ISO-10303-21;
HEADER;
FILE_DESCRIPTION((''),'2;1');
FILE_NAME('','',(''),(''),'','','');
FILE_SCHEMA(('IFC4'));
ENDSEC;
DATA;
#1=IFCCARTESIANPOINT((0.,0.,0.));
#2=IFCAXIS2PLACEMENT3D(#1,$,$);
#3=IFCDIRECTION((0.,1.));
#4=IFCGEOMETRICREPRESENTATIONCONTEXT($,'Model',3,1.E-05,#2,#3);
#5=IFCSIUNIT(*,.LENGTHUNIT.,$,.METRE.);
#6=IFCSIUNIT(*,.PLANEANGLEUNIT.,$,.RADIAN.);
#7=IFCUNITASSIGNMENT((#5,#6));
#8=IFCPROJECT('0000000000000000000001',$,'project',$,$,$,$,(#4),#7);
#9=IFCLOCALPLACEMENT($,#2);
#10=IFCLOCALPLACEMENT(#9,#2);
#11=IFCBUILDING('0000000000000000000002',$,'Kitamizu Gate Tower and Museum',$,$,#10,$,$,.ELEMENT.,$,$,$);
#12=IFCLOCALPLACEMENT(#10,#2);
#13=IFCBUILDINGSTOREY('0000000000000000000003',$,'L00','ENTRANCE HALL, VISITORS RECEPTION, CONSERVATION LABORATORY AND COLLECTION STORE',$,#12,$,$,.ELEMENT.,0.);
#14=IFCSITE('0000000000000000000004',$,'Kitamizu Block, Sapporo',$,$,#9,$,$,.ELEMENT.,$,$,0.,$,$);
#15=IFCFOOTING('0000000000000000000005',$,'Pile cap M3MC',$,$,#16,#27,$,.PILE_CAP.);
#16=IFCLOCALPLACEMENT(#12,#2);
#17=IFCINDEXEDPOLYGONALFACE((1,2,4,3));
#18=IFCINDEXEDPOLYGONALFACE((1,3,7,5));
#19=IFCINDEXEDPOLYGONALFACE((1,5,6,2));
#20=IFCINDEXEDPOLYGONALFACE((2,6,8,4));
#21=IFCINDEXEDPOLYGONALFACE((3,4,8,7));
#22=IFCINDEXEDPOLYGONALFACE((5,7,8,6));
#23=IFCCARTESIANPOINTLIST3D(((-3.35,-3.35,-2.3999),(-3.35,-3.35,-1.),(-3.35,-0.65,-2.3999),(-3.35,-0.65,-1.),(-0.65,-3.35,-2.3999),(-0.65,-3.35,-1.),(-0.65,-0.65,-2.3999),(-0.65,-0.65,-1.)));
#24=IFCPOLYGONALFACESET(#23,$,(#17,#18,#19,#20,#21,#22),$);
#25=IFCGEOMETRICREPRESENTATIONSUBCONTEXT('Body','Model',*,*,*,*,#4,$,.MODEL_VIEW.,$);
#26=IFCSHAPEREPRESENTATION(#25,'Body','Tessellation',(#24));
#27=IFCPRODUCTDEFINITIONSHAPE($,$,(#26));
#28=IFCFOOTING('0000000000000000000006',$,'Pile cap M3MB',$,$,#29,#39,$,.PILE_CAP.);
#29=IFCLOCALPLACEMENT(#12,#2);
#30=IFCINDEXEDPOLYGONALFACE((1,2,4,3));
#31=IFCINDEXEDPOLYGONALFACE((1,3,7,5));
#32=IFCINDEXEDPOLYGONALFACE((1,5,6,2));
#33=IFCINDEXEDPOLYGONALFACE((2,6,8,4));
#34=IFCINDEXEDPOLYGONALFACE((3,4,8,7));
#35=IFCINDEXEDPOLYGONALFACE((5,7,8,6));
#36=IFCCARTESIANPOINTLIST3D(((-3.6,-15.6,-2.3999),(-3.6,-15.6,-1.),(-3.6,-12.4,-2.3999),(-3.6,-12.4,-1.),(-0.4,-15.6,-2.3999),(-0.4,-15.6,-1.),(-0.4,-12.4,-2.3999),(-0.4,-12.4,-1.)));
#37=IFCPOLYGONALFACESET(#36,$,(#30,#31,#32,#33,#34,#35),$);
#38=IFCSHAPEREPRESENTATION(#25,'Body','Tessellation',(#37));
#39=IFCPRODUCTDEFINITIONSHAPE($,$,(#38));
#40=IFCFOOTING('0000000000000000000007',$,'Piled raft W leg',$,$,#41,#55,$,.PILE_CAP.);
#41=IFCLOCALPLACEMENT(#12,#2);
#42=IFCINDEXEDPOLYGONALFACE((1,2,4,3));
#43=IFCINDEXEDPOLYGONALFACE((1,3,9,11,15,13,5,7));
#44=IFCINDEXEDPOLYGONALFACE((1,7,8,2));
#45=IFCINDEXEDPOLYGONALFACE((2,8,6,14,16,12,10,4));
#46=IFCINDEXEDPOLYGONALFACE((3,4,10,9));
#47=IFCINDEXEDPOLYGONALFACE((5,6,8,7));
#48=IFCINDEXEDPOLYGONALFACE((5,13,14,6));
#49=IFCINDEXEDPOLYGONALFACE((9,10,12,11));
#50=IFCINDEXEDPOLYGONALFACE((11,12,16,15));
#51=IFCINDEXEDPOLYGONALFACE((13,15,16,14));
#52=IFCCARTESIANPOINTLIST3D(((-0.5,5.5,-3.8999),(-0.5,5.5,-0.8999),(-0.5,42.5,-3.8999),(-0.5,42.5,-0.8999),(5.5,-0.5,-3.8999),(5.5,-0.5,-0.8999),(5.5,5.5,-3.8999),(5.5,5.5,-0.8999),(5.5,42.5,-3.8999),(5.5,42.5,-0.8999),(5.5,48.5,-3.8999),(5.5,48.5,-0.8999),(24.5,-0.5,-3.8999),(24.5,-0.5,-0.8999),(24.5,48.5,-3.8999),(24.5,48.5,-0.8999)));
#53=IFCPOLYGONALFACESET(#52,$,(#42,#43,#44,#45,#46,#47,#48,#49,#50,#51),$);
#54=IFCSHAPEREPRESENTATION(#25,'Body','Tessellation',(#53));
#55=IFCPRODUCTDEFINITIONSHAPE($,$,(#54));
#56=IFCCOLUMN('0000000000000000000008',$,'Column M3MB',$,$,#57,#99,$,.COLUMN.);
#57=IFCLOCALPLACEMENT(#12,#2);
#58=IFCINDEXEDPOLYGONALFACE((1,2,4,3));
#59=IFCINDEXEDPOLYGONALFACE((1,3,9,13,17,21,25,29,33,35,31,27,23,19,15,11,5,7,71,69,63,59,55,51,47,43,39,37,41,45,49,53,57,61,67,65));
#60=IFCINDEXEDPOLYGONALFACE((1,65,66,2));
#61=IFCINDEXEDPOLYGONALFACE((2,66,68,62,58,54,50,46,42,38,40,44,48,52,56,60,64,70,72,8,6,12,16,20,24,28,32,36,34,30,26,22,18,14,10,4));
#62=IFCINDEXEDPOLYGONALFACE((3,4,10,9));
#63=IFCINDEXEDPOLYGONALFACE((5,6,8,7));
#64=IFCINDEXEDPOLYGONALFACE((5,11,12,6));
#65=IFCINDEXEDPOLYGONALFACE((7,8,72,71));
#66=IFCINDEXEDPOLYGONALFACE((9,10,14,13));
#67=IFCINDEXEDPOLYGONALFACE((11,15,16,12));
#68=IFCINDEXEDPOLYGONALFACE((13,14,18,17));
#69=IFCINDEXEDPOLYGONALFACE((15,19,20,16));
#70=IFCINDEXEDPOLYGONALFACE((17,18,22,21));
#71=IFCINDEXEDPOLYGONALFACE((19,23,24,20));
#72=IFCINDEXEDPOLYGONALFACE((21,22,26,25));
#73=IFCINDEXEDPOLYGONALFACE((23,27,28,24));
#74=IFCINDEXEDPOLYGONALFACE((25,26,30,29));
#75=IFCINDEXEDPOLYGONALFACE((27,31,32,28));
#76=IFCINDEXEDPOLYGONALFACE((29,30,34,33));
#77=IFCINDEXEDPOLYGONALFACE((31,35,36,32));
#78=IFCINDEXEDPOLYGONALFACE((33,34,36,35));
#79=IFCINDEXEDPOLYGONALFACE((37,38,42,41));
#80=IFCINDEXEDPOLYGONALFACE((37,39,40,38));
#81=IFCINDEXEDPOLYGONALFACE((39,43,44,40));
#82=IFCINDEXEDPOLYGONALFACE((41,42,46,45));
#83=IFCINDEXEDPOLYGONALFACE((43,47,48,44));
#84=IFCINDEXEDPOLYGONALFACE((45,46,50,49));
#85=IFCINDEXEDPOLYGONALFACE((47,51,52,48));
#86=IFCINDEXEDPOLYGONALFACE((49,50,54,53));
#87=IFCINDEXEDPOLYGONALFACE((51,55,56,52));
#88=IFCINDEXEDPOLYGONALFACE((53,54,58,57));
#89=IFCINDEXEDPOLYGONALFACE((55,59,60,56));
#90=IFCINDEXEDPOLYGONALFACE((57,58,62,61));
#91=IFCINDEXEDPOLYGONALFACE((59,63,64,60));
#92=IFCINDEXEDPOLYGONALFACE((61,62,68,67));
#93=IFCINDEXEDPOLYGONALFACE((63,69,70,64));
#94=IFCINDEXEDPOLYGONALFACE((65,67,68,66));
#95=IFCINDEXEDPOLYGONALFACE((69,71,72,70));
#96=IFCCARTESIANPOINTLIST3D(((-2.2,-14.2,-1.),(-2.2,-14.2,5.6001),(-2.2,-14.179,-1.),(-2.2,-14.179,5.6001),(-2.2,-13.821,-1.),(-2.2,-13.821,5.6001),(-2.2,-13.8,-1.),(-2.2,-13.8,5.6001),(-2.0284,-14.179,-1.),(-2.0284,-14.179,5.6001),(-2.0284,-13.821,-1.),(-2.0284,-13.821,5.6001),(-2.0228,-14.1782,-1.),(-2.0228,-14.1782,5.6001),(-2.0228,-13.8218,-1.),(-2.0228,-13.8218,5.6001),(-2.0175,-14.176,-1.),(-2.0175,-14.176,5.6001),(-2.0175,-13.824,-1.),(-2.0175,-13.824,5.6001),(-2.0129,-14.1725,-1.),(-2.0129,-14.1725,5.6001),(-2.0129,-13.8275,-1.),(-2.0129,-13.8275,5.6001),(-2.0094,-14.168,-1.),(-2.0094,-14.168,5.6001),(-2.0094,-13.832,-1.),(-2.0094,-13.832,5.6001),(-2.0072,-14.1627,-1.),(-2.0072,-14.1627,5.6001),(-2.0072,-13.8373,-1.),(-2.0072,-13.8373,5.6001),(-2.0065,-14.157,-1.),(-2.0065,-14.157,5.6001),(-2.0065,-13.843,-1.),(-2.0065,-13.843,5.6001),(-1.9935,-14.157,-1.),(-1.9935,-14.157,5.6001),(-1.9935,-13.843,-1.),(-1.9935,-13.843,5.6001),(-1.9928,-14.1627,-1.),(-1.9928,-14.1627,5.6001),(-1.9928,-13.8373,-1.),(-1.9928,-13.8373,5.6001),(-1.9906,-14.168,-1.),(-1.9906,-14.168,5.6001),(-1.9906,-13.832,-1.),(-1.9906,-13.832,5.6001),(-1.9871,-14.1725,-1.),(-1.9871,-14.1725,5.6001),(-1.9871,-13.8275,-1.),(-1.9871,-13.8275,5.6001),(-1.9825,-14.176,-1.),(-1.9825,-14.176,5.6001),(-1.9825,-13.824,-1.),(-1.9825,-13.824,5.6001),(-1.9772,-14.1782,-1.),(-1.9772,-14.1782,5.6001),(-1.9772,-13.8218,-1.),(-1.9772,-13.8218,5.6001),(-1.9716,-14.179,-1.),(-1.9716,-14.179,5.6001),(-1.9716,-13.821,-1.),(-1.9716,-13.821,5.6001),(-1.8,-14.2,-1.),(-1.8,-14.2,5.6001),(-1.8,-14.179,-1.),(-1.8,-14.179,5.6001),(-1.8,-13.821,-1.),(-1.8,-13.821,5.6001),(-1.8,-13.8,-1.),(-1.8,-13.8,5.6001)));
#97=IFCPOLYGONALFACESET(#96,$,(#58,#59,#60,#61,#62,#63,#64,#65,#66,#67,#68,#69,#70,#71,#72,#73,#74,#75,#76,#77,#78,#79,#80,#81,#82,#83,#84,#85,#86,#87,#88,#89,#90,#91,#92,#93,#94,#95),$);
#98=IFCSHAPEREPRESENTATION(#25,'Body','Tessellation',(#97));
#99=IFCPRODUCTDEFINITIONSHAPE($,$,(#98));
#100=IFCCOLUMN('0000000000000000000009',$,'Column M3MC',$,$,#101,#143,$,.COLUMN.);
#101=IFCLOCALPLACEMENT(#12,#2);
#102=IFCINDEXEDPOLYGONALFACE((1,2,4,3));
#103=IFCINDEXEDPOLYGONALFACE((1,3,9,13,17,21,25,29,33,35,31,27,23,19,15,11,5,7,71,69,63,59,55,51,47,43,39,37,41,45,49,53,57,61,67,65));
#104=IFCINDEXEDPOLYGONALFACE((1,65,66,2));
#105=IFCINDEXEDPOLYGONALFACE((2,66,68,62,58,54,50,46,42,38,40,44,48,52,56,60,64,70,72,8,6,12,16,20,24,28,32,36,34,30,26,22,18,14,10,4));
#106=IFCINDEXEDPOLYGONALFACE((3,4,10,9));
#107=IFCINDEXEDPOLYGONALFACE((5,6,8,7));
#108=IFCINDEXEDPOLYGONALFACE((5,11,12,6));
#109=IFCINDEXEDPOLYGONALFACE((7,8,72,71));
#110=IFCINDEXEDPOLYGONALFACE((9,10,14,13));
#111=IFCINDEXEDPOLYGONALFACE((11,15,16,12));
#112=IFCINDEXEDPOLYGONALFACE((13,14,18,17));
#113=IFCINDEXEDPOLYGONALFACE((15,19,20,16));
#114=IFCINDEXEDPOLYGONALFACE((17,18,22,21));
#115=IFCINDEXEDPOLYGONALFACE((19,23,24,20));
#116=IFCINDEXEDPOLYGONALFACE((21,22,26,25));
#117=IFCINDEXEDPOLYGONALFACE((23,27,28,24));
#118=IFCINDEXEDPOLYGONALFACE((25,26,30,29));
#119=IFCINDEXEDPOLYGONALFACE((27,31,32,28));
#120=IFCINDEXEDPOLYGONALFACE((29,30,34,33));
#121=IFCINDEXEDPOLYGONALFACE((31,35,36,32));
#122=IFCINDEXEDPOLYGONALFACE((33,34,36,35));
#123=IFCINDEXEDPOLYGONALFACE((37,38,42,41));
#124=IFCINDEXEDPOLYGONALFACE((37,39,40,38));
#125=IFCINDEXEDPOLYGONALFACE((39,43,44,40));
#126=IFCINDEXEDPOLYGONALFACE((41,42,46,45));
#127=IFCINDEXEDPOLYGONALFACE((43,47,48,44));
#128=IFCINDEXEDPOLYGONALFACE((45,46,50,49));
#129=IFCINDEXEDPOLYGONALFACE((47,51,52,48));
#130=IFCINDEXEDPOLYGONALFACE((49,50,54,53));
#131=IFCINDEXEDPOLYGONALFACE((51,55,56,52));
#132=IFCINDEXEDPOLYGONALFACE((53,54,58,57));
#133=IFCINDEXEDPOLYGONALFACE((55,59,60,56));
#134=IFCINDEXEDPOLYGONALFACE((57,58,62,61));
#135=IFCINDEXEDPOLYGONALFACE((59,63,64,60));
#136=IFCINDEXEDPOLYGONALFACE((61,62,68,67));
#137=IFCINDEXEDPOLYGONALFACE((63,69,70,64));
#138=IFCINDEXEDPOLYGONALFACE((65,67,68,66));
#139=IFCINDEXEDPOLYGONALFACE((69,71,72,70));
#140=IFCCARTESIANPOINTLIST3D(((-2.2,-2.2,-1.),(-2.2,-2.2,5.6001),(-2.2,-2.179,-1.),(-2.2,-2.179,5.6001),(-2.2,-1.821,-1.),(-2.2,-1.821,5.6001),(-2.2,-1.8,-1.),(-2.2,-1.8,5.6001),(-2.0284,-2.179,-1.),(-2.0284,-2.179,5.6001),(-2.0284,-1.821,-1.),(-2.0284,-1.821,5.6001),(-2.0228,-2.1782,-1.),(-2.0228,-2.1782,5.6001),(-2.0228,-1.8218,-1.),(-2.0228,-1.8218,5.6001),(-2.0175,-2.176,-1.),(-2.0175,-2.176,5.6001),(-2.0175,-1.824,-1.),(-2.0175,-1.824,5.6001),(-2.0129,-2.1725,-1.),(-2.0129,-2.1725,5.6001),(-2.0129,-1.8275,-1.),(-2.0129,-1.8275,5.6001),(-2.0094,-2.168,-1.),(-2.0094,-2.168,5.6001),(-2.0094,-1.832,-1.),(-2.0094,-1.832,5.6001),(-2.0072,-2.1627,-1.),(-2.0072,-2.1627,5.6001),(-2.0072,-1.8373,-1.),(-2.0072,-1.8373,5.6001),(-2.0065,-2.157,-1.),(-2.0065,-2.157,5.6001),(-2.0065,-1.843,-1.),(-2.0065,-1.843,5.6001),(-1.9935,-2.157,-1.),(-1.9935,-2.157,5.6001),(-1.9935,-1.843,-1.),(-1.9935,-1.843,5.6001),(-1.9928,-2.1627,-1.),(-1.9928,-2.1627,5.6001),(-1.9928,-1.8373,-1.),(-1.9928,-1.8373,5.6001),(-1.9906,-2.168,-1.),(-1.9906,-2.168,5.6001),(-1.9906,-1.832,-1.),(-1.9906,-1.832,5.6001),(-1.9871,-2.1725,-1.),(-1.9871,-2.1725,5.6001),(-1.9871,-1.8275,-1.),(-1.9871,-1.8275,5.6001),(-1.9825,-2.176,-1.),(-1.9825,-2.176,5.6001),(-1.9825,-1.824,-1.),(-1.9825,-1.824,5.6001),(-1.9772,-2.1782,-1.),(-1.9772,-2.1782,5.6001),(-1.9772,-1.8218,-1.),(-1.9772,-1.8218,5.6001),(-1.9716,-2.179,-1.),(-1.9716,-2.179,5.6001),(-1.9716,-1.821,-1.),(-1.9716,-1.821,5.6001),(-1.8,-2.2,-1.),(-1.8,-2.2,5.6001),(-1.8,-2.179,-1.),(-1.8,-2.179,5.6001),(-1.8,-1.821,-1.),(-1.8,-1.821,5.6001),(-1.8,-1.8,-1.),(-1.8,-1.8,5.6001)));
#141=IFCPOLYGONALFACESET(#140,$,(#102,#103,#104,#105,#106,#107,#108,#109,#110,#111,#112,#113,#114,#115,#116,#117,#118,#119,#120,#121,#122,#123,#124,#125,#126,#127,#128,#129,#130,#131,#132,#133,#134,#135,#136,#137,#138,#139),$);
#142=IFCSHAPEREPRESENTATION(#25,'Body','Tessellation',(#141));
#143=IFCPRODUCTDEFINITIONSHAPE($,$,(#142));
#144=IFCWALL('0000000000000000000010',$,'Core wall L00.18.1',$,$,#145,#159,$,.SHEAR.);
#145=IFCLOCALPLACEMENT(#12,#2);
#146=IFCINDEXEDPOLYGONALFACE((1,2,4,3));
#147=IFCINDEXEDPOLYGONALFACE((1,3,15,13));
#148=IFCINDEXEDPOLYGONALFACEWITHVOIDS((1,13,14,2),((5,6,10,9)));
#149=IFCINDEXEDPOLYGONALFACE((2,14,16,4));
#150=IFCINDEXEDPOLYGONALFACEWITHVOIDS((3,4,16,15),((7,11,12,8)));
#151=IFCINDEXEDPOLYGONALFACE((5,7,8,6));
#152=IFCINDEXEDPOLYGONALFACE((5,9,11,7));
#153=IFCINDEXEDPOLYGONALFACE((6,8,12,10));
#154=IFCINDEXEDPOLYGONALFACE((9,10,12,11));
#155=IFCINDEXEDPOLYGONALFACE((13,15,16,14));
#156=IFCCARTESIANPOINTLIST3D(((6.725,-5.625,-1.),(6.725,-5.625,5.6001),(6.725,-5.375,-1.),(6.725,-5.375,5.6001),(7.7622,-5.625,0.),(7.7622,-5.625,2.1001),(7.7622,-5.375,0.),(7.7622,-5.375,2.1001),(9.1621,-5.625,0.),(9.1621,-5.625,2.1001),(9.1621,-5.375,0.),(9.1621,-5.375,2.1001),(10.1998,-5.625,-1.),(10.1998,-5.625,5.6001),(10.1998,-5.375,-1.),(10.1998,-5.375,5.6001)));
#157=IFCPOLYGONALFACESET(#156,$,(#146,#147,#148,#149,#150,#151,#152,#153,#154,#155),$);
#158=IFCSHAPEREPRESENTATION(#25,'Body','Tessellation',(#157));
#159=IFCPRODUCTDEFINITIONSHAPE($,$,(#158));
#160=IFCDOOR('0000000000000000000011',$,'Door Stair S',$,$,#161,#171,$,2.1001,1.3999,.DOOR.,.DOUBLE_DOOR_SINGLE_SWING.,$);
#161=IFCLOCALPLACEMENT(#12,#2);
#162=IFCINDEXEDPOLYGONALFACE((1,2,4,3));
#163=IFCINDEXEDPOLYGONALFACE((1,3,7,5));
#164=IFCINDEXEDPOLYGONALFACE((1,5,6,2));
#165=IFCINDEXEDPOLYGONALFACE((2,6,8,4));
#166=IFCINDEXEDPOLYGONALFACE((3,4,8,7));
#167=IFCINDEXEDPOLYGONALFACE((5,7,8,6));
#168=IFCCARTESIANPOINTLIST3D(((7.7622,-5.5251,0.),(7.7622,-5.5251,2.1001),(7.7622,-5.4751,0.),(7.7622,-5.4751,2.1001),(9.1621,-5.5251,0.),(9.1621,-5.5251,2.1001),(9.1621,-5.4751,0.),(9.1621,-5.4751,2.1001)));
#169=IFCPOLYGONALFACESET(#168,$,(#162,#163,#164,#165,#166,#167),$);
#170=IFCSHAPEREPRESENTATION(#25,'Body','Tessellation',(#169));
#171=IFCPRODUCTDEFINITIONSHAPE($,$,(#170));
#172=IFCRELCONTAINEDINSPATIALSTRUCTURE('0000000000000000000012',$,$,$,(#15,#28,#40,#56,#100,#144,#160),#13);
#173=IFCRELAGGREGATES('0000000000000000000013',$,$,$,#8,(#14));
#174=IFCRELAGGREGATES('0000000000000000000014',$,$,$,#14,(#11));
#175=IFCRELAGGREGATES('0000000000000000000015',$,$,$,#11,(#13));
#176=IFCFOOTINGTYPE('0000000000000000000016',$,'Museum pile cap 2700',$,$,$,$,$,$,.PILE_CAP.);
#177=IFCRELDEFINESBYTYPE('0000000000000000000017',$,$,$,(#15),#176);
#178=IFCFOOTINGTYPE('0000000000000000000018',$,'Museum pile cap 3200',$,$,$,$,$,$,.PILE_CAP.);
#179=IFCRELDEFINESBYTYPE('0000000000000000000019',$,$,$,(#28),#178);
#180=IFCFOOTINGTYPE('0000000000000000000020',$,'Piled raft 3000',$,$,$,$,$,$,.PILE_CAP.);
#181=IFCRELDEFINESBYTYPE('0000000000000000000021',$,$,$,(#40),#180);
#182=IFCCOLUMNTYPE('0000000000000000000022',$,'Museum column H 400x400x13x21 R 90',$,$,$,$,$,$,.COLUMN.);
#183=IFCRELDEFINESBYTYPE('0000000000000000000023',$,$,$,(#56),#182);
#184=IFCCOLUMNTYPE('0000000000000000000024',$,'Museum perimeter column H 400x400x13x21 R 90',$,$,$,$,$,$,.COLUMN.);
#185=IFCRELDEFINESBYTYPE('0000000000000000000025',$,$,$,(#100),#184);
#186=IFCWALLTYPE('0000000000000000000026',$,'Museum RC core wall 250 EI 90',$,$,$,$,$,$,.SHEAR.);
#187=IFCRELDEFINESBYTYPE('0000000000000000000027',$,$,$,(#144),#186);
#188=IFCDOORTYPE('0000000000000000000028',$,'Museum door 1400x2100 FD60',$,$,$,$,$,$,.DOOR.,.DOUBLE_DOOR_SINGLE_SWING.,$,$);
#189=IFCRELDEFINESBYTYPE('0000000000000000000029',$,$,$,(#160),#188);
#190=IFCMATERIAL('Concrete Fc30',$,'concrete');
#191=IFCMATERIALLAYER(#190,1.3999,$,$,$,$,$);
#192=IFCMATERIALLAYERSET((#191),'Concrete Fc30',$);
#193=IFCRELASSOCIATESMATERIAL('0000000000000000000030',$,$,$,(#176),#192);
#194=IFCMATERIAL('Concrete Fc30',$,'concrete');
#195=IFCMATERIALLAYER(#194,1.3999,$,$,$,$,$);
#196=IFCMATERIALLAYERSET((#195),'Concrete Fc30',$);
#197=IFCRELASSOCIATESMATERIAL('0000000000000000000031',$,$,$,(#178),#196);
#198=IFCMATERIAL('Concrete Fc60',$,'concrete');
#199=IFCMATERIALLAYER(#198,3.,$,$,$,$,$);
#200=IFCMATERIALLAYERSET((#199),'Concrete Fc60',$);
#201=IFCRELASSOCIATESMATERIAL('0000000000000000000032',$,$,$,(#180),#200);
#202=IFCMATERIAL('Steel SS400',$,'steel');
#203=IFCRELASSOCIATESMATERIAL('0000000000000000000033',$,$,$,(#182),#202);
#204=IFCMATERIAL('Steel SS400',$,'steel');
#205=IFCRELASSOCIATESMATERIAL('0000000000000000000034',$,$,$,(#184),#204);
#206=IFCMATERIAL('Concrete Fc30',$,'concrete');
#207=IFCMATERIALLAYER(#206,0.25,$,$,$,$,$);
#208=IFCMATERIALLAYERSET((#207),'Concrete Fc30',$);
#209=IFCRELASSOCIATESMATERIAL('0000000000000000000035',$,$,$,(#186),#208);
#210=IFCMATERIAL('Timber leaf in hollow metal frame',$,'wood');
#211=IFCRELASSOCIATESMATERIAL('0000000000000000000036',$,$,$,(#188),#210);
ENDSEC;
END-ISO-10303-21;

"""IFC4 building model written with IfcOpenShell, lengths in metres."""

from ifc_helpers import new_model, si_unit, direction, frame, frame_2d, origin, origin_2d, place, context, subcontext, project, spatial, polyline, rectangle, i_section, outline, extrude, material, layer, layer_set, material_profile, profile_set, type_object, element, fill, save


model = new_model("IFC4")

# Units and contexts
model_context = context("Model", 3, precision=1e-05, world=origin(), true_north=direction((0.0, 1.0)))
body_context = subcontext(model_context, "Body", "Model", "MODEL_VIEW")
ifc_project = project(units=[si_unit("LENGTHUNIT", "METRE"), si_unit("PLANEANGLEUNIT", "RADIAN")], contexts=[model_context])

# Site, building, storey
site_placement = place(None, origin())
site = spatial("IfcSite", under=ifc_project, at=site_placement, Name="Kitamizu Block, Sapporo", CompositionType="ELEMENT", RefElevation=0.0)
building_placement = place(site_placement, origin())
building = spatial("IfcBuilding", under=site, at=building_placement, Name="Kitamizu Gate Tower and Museum", CompositionType="ELEMENT")
storey_placement = place(building_placement, origin())
storey = spatial("IfcBuildingStorey", under=building, at=storey_placement, Name="L00", Description="ENTRANCE HALL, VISITORS RECEPTION, CONSERVATION LABORATORY AND COLLECTION STORE", CompositionType="ELEMENT", Elevation=0.0)

# Footings
ifc_material_1 = material(Name="Concrete Fc30", Category="concrete")
ifc_layer_1 = layer(ifc_material_1, 1.3999)
ifc_layer_set_1 = layer_set([ifc_layer_1], Name="Concrete Fc30")
footing_type_1 = type_object("IfcFootingType", Name="Museum pile cap 2700", PredefinedType="PILE_CAP", material=ifc_layer_set_1)
footing_1_placement = place(storey_placement, frame((-2.0, -2.0, -2.3999), z_axis=(0.0, 0.0, 1.0), x_axis=(1.0, 0.0, 0.0)))
element("IfcFooting", 1, at=footing_1_placement, inside=storey, type_object=footing_type_1, Name="Pile cap M3MC", PredefinedType="PILE_CAP", context=body_context, shape_type="SweptSolid", body=[
    extrude(rectangle(XDim=2.7, YDim=2.7, at=origin_2d()), origin(), (0.0, 0.0, 1.0), 1.3999),
])
ifc_material_2 = material(Name="Concrete Fc30", Category="concrete")
ifc_layer_2 = layer(ifc_material_2, 1.3999)
ifc_layer_set_2 = layer_set([ifc_layer_2], Name="Concrete Fc30")
footing_type_2 = type_object("IfcFootingType", Name="Museum pile cap 3200", PredefinedType="PILE_CAP", material=ifc_layer_set_2)
footing_2_placement = place(storey_placement, frame((-2.0, -14.0, -2.3999), z_axis=(0.0, 0.0, 1.0), x_axis=(1.0, 0.0, 0.0)))
element("IfcFooting", 2, at=footing_2_placement, inside=storey, type_object=footing_type_2, Name="Pile cap M3MB", PredefinedType="PILE_CAP", context=body_context, shape_type="SweptSolid", body=[
    extrude(rectangle(XDim=3.2, YDim=3.2, at=origin_2d()), origin(), (0.0, 0.0, 1.0), 1.3999),
])
ifc_material_3 = material(Name="Concrete Fc60", Category="concrete")
ifc_layer_3 = layer(ifc_material_3, 3.0)
ifc_layer_set_3 = layer_set([ifc_layer_3], Name="Concrete Fc60")
footing_type_3 = type_object("IfcFootingType", Name="Piled raft 3000", PredefinedType="PILE_CAP", material=ifc_layer_set_3)
footing_3_placement = place(storey_placement, frame((0.0, 0.0, -3.8999)))
element("IfcFooting", 3, at=footing_3_placement, inside=storey, type_object=footing_type_3, Name="Piled raft W leg", PredefinedType="PILE_CAP", context=body_context, shape_type="SweptSolid", body=[
    extrude(outline(polyline([(5.5, -0.5), (5.5, 5.5), (-0.5, 5.5), (-0.5, 42.5), (5.5, 42.5), (5.5, 48.5), (24.5, 48.5), (24.5, -0.5), (5.5, -0.5)])), origin(), (0.0, 0.0, 1.0), 3.0),
])

# Columns
ifc_material_4 = material(Name="Steel SS400", Category="steel")
ifc_material_profile_1 = material_profile(ifc_material_4, i_section(OverallWidth=0.3999, OverallDepth=0.3999, WebThickness=0.0129, FlangeThickness=0.021, FilletRadius=0.022, at=origin_2d()), Name="H-400x400x13x21")
ifc_profile_set_1 = profile_set([ifc_material_profile_1], Name="Steel SS400")
column_type_1 = type_object("IfcColumnType", Name="Museum column H 400x400x13x21 R 90", PredefinedType="COLUMN", material=ifc_profile_set_1)
column_1_placement = place(storey_placement, frame((-2.0, -14.0, -1.0), z_axis=(0.0, 0.0, 1.0), x_axis=(1.0, 0.0, 0.0)))
element("IfcColumn", 4, at=column_1_placement, inside=storey, type_object=column_type_1, Name="Column M3MB", PredefinedType="COLUMN", context=body_context, shape_type="SweptSolid", body=[
    extrude(i_section(OverallWidth=0.3999, OverallDepth=0.3999, WebThickness=0.0129, FlangeThickness=0.021, FilletRadius=0.022, at=origin_2d()), origin(), (0.0, 0.0, 1.0), 6.6001),
])
ifc_material_5 = material(Name="Steel SS400", Category="steel")
ifc_material_profile_2 = material_profile(ifc_material_5, i_section(OverallWidth=0.3999, OverallDepth=0.3999, WebThickness=0.0129, FlangeThickness=0.021, FilletRadius=0.022, at=origin_2d()), Name="H-400x400x13x21")
ifc_profile_set_2 = profile_set([ifc_material_profile_2], Name="Steel SS400")
column_type_2 = type_object("IfcColumnType", Name="Museum perimeter column H 400x400x13x21 R 90", PredefinedType="COLUMN", material=ifc_profile_set_2)
column_2_placement = place(storey_placement, frame((-2.0, -2.0, -1.0), z_axis=(0.0, 0.0, 1.0), x_axis=(1.0, 0.0, 0.0)))
element("IfcColumn", 5, at=column_2_placement, inside=storey, type_object=column_type_2, Name="Column M3MC", PredefinedType="COLUMN", context=body_context, shape_type="SweptSolid", body=[
    extrude(i_section(OverallWidth=0.3999, OverallDepth=0.3999, WebThickness=0.0129, FlangeThickness=0.021, FilletRadius=0.022, at=origin_2d()), origin(), (0.0, 0.0, 1.0), 6.6001),
])

# Wall, opening, door
ifc_material_6 = material(Name="Concrete Fc30", Category="concrete")
ifc_layer_4 = layer(ifc_material_6, 0.25)
ifc_layer_set_4 = layer_set([ifc_layer_4], Name="Concrete Fc30")
wall_type_1 = type_object("IfcWallType", Name="Museum RC core wall 250 EI 90", PredefinedType="SHEAR", material=ifc_layer_set_4)
wall_1_placement = place(storey_placement, frame((6.7251, -5.5, -1.0), z_axis=(0.0, 0.0, 1.0), x_axis=(1.0, 0.0, 0.0)))
wall_1 = element("IfcWall", 6, at=wall_1_placement, inside=storey, type_object=wall_type_1, Name="Core wall L00.18.1", PredefinedType="SHEAR", context=body_context, shape_type="SweptSolid", body=[
    extrude(rectangle(XDim=3.4749, YDim=0.25, at=frame_2d((1.7373, 0.0))), origin(), (0.0, 0.0, 1.0), 6.6001),
])
opening_1_placement = place(wall_1_placement, frame((1.0371, 0.0, 1.0)))
opening_1 = element("IfcOpeningElement", 7, at=opening_1_placement, cuts=wall_1, PredefinedType="OPENING", context=body_context, shape_type="SweptSolid", body=[
    extrude(rectangle(XDim=1.3999, YDim=2.1001, at=frame_2d((0.7, 1.05))), frame((0.0, 0.135, 0.0), z_axis=(0.0, -1.0, 0.0), x_axis=(1.0, 0.0, 0.0)), (0.0, 0.0, 1.0), 0.27),
])
ifc_material_7 = material(Name="Timber leaf in hollow metal frame", Category="wood")
door_type_1 = type_object("IfcDoorType", Name="Museum door 1400x2100 FD60", OperationType="DOUBLE_DOOR_SINGLE_SWING", PredefinedType="DOOR", material=ifc_material_7)
door_1_placement = place(opening_1_placement, origin())
door_1 = element("IfcDoor", 8, at=door_1_placement, inside=storey, type_object=door_type_1, Name="Door Stair S", OperationType="DOUBLE_DOOR_SINGLE_SWING", OverallHeight=2.1001, OverallWidth=1.3999, PredefinedType="DOOR", context=body_context, shape_type="SweptSolid", body=[
    extrude(rectangle(XDim=1.3999, YDim=2.1001, at=frame_2d((0.7, 1.05))), frame((0.0, 0.0249, 0.0), z_axis=(0.0, -1.0, 0.0), x_axis=(1.0, 0.0, 0.0)), (0.0, 0.0, 1.0), 0.05),
])
fill(opening_1, door_1)

save(model, "model.ifc")
